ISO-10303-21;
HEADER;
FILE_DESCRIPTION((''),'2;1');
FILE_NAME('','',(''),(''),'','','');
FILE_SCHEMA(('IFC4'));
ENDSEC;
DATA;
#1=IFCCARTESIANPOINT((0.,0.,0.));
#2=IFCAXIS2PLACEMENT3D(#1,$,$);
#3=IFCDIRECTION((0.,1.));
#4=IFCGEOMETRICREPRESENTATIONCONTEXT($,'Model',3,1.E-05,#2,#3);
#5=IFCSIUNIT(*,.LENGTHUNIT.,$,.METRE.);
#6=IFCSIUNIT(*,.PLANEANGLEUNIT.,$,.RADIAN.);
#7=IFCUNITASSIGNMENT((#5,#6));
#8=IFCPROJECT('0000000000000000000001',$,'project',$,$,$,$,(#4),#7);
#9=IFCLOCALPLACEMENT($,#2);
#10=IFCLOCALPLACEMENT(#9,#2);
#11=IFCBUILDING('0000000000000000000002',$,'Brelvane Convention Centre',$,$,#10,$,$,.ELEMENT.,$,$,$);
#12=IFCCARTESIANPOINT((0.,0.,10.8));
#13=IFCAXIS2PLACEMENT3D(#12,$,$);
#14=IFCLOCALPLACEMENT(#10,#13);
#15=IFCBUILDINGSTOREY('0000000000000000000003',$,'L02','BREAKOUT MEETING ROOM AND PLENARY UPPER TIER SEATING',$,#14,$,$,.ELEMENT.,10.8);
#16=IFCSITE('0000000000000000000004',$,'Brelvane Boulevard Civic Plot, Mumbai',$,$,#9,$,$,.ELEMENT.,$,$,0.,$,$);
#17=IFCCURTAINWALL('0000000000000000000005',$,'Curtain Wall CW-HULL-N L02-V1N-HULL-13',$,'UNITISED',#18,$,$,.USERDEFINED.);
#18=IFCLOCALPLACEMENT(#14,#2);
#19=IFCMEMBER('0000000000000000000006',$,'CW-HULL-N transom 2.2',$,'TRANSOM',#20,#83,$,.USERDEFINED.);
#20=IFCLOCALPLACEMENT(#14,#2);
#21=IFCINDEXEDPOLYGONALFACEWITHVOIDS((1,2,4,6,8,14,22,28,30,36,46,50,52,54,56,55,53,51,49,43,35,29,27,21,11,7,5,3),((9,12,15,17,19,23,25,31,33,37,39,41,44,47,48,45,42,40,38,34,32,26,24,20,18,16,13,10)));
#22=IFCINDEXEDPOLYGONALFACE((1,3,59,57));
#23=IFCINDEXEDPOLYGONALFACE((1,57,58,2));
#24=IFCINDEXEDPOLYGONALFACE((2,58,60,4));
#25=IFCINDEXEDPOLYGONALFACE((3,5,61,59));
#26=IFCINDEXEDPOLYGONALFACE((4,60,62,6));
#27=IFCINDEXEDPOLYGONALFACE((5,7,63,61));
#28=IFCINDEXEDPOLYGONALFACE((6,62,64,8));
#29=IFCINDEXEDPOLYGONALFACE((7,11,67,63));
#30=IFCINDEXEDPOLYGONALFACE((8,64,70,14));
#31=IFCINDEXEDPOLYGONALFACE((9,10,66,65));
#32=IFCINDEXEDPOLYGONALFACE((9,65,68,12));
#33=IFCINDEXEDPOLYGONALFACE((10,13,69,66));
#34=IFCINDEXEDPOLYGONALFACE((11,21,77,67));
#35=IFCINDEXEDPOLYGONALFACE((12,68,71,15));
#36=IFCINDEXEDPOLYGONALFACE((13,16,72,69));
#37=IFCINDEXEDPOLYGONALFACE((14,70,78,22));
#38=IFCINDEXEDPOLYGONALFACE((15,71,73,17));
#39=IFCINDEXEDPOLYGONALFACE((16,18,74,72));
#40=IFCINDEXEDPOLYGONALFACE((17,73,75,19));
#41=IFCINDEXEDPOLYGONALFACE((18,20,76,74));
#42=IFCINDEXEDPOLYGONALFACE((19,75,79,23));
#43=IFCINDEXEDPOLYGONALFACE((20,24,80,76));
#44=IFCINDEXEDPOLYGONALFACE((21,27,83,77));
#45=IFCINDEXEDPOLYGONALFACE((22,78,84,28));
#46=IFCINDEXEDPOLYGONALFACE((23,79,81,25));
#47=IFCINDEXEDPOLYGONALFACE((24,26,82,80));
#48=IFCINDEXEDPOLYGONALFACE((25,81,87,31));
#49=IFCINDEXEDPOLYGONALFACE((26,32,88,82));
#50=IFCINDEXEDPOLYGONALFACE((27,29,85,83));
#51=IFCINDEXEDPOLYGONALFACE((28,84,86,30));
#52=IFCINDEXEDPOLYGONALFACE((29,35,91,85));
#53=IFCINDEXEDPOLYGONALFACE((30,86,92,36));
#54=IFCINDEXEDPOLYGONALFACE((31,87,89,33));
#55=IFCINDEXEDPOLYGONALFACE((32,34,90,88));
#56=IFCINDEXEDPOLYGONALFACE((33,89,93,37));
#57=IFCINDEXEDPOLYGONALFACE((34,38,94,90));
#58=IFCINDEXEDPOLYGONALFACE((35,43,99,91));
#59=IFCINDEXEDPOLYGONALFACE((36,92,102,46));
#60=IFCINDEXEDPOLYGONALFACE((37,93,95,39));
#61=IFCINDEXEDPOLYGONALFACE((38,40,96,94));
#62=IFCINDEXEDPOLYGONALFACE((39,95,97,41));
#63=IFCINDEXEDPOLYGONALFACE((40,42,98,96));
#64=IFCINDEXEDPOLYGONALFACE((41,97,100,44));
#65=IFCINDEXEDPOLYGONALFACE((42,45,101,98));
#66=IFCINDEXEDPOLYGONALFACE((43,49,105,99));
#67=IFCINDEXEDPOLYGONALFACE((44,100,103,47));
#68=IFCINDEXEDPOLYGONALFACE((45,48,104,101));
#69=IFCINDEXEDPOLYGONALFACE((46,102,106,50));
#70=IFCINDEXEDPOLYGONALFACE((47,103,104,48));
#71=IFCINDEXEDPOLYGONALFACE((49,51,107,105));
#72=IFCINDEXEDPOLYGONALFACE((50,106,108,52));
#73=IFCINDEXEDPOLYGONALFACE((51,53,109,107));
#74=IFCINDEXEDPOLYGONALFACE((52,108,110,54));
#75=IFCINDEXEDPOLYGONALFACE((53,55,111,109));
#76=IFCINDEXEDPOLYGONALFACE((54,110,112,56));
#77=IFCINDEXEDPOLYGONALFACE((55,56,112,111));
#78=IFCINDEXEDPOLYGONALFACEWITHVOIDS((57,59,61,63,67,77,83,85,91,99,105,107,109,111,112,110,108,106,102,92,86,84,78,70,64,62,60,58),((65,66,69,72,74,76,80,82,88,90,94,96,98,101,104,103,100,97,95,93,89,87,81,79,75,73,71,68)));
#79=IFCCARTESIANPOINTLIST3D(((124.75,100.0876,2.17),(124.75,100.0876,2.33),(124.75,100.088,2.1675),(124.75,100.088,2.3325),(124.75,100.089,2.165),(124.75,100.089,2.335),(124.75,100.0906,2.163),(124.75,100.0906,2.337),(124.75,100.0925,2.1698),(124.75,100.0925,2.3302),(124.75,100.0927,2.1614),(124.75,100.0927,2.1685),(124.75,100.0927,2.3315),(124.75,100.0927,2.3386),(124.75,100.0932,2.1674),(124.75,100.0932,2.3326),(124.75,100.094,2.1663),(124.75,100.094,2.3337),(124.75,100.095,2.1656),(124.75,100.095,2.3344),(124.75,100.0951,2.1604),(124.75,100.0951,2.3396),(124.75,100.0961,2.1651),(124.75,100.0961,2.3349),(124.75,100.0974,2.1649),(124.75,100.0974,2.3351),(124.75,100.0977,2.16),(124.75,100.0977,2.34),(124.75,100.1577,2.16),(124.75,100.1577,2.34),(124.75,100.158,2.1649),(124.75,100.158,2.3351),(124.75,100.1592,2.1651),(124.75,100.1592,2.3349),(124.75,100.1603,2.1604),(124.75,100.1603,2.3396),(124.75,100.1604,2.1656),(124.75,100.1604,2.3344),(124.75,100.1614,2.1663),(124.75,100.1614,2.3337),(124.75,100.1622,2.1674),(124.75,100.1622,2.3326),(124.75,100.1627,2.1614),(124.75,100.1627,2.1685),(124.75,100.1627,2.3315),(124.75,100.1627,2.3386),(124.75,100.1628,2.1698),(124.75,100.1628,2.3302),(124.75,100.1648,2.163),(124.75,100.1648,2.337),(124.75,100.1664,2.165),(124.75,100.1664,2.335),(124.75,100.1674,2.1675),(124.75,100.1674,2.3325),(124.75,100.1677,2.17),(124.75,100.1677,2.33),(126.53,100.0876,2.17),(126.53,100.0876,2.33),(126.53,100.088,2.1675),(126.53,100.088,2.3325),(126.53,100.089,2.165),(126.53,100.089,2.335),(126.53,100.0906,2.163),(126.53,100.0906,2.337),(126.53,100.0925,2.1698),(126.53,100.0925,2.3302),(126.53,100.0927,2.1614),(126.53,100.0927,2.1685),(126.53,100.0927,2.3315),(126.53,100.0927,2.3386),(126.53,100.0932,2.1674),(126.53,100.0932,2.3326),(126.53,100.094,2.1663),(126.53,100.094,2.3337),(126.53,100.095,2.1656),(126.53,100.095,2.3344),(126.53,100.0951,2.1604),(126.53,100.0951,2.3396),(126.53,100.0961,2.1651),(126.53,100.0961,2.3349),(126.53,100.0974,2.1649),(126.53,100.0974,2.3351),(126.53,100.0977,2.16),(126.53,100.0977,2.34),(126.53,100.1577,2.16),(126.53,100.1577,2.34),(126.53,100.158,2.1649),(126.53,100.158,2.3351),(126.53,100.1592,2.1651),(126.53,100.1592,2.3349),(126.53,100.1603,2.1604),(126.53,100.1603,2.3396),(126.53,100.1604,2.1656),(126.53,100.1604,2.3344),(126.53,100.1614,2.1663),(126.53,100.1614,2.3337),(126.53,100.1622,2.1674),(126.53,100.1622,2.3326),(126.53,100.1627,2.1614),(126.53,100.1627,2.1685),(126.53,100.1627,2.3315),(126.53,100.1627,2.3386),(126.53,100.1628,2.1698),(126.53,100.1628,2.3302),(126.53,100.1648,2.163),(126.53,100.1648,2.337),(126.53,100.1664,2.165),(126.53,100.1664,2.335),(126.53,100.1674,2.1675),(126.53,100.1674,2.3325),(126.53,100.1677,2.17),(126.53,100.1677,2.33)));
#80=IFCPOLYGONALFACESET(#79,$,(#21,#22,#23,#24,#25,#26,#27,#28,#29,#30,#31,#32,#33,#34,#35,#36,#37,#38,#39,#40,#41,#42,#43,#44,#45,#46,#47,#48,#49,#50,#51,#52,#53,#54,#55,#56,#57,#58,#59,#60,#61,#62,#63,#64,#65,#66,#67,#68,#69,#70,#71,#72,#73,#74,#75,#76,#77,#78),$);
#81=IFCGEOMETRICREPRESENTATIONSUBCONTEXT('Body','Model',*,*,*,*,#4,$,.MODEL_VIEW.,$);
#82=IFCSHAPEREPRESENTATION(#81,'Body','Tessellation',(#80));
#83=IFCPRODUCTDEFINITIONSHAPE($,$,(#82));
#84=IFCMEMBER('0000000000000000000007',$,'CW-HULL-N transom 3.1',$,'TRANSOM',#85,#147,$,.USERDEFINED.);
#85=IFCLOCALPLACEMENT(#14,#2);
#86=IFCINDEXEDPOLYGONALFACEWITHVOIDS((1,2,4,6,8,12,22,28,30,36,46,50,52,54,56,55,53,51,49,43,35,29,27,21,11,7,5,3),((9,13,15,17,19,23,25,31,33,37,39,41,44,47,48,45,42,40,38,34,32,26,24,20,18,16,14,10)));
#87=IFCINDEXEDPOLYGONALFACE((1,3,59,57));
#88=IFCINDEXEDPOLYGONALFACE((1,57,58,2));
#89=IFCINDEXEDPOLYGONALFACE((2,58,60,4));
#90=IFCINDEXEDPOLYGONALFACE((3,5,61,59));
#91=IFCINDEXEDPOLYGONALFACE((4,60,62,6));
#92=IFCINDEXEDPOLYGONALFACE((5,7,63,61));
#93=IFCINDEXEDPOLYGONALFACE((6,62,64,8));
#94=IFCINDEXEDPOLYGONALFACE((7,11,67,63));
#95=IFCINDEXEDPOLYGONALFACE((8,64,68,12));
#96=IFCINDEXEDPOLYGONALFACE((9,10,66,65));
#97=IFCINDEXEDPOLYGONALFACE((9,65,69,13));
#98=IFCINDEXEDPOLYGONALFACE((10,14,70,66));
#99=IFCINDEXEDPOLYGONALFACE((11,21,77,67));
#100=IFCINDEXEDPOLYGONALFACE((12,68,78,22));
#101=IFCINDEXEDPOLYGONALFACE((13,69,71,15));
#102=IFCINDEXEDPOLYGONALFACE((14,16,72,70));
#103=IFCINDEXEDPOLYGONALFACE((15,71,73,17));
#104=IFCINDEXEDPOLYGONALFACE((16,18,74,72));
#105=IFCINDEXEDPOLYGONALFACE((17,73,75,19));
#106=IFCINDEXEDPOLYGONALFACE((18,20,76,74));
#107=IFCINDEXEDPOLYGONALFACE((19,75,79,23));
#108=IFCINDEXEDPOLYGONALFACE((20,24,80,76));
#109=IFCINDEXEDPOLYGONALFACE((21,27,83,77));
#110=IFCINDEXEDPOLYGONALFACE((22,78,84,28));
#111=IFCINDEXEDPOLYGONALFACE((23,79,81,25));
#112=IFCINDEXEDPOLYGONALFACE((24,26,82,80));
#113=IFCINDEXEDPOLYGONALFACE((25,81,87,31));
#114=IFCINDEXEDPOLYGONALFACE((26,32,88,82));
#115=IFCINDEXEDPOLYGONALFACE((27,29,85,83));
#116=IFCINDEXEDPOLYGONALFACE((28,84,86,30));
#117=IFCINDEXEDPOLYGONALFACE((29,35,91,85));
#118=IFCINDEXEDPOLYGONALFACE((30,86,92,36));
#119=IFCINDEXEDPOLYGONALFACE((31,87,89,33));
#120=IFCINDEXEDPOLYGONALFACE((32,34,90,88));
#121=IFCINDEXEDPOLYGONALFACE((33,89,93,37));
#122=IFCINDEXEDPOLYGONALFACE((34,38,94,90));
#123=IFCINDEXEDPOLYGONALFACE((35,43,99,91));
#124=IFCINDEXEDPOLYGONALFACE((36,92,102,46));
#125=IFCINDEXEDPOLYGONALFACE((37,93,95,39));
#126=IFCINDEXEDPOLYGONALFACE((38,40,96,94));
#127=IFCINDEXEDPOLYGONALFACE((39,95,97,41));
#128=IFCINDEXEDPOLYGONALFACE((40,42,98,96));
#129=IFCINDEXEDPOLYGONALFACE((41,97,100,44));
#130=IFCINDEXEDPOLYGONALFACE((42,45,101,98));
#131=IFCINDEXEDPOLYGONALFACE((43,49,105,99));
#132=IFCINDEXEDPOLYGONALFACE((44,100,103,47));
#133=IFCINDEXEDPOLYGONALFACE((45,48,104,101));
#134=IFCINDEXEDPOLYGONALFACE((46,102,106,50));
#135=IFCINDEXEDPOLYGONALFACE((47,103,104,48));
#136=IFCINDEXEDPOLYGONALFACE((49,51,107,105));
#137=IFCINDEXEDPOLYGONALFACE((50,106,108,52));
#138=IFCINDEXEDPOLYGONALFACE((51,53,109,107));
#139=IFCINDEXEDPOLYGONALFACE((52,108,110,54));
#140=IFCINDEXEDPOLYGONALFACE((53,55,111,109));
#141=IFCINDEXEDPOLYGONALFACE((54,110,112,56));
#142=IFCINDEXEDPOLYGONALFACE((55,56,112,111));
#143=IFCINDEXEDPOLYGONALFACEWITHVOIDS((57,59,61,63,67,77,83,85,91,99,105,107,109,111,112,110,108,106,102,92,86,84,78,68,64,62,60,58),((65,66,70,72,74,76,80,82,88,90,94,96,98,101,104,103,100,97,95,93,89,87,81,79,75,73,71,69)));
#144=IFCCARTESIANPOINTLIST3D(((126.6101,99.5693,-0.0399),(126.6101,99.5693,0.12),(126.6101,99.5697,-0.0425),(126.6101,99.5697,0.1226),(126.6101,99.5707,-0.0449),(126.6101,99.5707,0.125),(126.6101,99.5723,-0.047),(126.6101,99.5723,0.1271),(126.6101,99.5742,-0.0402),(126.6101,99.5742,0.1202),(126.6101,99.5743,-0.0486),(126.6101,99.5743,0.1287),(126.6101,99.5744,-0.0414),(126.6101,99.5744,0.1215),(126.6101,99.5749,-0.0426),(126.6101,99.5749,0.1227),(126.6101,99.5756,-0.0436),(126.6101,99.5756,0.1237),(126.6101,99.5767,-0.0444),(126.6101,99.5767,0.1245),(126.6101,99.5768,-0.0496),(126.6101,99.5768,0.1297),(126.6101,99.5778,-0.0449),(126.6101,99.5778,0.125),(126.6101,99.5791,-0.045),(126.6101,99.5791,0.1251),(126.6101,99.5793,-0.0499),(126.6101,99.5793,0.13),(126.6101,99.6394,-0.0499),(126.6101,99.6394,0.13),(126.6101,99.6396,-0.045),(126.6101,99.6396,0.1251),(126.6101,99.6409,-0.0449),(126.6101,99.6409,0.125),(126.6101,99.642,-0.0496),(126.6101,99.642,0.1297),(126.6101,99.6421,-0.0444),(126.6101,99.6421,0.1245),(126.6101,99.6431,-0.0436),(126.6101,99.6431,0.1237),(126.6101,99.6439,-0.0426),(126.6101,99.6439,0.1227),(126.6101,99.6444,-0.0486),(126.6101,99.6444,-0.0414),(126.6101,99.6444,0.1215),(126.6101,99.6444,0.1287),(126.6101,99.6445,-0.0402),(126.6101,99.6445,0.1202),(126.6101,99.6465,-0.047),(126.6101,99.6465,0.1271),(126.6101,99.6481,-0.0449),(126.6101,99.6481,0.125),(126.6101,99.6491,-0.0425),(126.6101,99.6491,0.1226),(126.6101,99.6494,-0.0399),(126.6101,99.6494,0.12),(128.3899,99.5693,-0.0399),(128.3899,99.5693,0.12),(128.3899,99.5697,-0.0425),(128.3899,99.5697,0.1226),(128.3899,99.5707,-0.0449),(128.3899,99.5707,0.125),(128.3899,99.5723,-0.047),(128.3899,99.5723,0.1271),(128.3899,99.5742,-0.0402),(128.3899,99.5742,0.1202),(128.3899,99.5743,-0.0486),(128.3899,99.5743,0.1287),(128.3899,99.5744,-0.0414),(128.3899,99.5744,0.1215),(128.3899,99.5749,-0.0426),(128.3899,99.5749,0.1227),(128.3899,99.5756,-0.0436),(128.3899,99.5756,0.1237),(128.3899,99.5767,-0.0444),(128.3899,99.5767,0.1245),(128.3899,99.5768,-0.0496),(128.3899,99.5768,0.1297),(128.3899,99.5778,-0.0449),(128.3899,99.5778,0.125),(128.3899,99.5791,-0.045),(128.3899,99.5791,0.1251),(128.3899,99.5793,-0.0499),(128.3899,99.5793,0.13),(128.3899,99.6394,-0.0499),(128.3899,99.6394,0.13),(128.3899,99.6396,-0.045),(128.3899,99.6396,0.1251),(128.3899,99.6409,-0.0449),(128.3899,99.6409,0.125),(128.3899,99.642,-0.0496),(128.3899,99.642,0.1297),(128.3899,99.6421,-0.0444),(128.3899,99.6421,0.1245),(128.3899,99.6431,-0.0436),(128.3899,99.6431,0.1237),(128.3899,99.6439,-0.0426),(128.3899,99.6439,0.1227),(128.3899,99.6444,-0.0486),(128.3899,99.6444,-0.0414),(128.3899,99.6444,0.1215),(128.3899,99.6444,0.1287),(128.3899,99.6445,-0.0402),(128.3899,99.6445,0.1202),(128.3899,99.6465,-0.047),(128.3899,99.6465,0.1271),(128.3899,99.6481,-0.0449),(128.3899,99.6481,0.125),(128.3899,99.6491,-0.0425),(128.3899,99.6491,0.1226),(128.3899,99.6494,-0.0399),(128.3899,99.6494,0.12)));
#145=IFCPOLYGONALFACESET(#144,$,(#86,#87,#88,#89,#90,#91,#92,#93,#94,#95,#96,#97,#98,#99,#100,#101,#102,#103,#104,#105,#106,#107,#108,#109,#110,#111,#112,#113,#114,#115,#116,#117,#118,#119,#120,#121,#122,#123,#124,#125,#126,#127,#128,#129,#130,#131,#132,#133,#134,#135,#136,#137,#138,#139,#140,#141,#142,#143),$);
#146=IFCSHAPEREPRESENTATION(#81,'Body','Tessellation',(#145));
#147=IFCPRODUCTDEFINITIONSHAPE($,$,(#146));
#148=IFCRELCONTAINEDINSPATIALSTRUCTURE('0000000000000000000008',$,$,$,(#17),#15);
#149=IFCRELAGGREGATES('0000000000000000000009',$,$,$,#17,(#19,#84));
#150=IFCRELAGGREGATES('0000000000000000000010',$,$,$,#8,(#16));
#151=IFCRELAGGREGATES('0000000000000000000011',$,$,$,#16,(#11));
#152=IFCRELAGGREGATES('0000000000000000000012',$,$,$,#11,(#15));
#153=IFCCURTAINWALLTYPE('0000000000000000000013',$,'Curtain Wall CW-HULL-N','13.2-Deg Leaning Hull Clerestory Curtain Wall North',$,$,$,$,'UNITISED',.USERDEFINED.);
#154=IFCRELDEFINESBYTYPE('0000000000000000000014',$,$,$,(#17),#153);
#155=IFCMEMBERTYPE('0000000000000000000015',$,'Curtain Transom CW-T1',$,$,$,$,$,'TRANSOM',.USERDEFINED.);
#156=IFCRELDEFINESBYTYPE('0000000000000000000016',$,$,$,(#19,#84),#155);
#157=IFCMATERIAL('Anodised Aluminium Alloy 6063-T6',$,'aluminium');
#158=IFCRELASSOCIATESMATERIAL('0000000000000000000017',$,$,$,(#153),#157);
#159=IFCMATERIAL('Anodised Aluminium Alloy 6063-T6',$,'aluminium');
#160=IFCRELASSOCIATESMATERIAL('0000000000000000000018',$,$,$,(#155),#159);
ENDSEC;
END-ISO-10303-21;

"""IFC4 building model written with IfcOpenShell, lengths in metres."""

from ifc_helpers import new_model, si_unit, direction, frame, origin, origin_2d, place, context, subcontext, project, spatial, hollow_rectangle, extrude, material, material_profile, profile_set, type_object, element, aggregate, save


model = new_model("IFC4")

# Units and contexts
model_context = context("Model", 3, precision=1e-05, world=origin(), true_north=direction((0.0, 1.0)))
body_context = subcontext(model_context, "Body", "Model", "MODEL_VIEW")
ifc_project = project(units=[si_unit("LENGTHUNIT", "METRE"), si_unit("PLANEANGLEUNIT", "RADIAN")], contexts=[model_context])

# Site, building, storey
site_placement = place(None, origin())
site = spatial("IfcSite", under=ifc_project, at=site_placement, Name="Brelvane Boulevard Civic Plot, Mumbai", CompositionType="ELEMENT", RefElevation=0.0)
building_placement = place(site_placement, origin())
building = spatial("IfcBuilding", under=site, at=building_placement, Name="Brelvane Convention Centre", CompositionType="ELEMENT")
storey_placement = place(building_placement, frame((0.0, 0.0, 10.8)))
storey = spatial("IfcBuildingStorey", under=building, at=storey_placement, Name="L02", Description="BREAKOUT MEETING ROOM AND PLENARY UPPER TIER SEATING", CompositionType="ELEMENT", Elevation=10.8)

# Curtain wall
ifc_material_1 = material(Name="Anodised Aluminium Alloy 6063-T6", Category="aluminium")
curtain_wall_type = type_object("IfcCurtainWallType", Name="Curtain Wall CW-HULL-N", Description="13.2-Deg Leaning Hull Clerestory Curtain Wall North", ElementType="UNITISED", PredefinedType="USERDEFINED", material=ifc_material_1)
curtain_wall_1_placement = place(storey_placement, origin())
curtain_wall_1 = element("IfcCurtainWall", 1, at=curtain_wall_1_placement, inside=storey, type_object=curtain_wall_type, Name="Curtain Wall CW-HULL-N L02-V1N-HULL-13", ObjectType="UNITISED", PredefinedType="USERDEFINED")

# Members
ifc_material_2 = material(Name="Anodised Aluminium Alloy 6063-T6", Category="aluminium")
ifc_material_profile_1 = material_profile(ifc_material_2, hollow_rectangle(XDim=0.0801, YDim=0.1799, WallThickness=0.0049, InnerFilletRadius=0.0049, OuterFilletRadius=0.01, at=origin_2d()), Name="ALU-T 180x80x5.0")
ifc_profile_set_1 = profile_set([ifc_material_profile_1], Name="Anodised Aluminium Alloy 6063-T6")
member_type_1 = type_object("IfcMemberType", Name="Curtain Transom CW-T1", ElementType="TRANSOM", PredefinedType="USERDEFINED", material=ifc_profile_set_1)
member_1_placement = place(storey_placement, frame((124.75, 100.1277, 2.25), z_axis=(1.0, 0.0, 0.0), x_axis=(0.0, 1.0, 0.0)))
member_1 = element("IfcMember", 2, at=member_1_placement, type_object=member_type_1, Name="CW-HULL-N transom 2.2", ObjectType="TRANSOM", PredefinedType="USERDEFINED", context=body_context, shape_type="SweptSolid", body=[
    extrude(hollow_rectangle(XDim=0.0801, YDim=0.1799, WallThickness=0.0049, InnerFilletRadius=0.0049, OuterFilletRadius=0.01, at=origin_2d()), origin(), (0.0, 0.0, 1.0), 1.78),
])
member_2_placement = place(storey_placement, frame((126.6101, 99.6094, 0.04), z_axis=(1.0, 0.0, 0.0), x_axis=(0.0, 1.0, 0.0)))
member_2 = element("IfcMember", 3, at=member_2_placement, type_object=member_type_1, Name="CW-HULL-N transom 3.1", ObjectType="TRANSOM", PredefinedType="USERDEFINED", context=body_context, shape_type="SweptSolid", body=[
    extrude(hollow_rectangle(XDim=0.0801, YDim=0.1799, WallThickness=0.0049, InnerFilletRadius=0.0049, OuterFilletRadius=0.01, at=origin_2d()), origin(), (0.0, 0.0, 1.0), 1.7798),
])

aggregate(curtain_wall_1, [member_1, member_2])

save(model, "model.ifc")
